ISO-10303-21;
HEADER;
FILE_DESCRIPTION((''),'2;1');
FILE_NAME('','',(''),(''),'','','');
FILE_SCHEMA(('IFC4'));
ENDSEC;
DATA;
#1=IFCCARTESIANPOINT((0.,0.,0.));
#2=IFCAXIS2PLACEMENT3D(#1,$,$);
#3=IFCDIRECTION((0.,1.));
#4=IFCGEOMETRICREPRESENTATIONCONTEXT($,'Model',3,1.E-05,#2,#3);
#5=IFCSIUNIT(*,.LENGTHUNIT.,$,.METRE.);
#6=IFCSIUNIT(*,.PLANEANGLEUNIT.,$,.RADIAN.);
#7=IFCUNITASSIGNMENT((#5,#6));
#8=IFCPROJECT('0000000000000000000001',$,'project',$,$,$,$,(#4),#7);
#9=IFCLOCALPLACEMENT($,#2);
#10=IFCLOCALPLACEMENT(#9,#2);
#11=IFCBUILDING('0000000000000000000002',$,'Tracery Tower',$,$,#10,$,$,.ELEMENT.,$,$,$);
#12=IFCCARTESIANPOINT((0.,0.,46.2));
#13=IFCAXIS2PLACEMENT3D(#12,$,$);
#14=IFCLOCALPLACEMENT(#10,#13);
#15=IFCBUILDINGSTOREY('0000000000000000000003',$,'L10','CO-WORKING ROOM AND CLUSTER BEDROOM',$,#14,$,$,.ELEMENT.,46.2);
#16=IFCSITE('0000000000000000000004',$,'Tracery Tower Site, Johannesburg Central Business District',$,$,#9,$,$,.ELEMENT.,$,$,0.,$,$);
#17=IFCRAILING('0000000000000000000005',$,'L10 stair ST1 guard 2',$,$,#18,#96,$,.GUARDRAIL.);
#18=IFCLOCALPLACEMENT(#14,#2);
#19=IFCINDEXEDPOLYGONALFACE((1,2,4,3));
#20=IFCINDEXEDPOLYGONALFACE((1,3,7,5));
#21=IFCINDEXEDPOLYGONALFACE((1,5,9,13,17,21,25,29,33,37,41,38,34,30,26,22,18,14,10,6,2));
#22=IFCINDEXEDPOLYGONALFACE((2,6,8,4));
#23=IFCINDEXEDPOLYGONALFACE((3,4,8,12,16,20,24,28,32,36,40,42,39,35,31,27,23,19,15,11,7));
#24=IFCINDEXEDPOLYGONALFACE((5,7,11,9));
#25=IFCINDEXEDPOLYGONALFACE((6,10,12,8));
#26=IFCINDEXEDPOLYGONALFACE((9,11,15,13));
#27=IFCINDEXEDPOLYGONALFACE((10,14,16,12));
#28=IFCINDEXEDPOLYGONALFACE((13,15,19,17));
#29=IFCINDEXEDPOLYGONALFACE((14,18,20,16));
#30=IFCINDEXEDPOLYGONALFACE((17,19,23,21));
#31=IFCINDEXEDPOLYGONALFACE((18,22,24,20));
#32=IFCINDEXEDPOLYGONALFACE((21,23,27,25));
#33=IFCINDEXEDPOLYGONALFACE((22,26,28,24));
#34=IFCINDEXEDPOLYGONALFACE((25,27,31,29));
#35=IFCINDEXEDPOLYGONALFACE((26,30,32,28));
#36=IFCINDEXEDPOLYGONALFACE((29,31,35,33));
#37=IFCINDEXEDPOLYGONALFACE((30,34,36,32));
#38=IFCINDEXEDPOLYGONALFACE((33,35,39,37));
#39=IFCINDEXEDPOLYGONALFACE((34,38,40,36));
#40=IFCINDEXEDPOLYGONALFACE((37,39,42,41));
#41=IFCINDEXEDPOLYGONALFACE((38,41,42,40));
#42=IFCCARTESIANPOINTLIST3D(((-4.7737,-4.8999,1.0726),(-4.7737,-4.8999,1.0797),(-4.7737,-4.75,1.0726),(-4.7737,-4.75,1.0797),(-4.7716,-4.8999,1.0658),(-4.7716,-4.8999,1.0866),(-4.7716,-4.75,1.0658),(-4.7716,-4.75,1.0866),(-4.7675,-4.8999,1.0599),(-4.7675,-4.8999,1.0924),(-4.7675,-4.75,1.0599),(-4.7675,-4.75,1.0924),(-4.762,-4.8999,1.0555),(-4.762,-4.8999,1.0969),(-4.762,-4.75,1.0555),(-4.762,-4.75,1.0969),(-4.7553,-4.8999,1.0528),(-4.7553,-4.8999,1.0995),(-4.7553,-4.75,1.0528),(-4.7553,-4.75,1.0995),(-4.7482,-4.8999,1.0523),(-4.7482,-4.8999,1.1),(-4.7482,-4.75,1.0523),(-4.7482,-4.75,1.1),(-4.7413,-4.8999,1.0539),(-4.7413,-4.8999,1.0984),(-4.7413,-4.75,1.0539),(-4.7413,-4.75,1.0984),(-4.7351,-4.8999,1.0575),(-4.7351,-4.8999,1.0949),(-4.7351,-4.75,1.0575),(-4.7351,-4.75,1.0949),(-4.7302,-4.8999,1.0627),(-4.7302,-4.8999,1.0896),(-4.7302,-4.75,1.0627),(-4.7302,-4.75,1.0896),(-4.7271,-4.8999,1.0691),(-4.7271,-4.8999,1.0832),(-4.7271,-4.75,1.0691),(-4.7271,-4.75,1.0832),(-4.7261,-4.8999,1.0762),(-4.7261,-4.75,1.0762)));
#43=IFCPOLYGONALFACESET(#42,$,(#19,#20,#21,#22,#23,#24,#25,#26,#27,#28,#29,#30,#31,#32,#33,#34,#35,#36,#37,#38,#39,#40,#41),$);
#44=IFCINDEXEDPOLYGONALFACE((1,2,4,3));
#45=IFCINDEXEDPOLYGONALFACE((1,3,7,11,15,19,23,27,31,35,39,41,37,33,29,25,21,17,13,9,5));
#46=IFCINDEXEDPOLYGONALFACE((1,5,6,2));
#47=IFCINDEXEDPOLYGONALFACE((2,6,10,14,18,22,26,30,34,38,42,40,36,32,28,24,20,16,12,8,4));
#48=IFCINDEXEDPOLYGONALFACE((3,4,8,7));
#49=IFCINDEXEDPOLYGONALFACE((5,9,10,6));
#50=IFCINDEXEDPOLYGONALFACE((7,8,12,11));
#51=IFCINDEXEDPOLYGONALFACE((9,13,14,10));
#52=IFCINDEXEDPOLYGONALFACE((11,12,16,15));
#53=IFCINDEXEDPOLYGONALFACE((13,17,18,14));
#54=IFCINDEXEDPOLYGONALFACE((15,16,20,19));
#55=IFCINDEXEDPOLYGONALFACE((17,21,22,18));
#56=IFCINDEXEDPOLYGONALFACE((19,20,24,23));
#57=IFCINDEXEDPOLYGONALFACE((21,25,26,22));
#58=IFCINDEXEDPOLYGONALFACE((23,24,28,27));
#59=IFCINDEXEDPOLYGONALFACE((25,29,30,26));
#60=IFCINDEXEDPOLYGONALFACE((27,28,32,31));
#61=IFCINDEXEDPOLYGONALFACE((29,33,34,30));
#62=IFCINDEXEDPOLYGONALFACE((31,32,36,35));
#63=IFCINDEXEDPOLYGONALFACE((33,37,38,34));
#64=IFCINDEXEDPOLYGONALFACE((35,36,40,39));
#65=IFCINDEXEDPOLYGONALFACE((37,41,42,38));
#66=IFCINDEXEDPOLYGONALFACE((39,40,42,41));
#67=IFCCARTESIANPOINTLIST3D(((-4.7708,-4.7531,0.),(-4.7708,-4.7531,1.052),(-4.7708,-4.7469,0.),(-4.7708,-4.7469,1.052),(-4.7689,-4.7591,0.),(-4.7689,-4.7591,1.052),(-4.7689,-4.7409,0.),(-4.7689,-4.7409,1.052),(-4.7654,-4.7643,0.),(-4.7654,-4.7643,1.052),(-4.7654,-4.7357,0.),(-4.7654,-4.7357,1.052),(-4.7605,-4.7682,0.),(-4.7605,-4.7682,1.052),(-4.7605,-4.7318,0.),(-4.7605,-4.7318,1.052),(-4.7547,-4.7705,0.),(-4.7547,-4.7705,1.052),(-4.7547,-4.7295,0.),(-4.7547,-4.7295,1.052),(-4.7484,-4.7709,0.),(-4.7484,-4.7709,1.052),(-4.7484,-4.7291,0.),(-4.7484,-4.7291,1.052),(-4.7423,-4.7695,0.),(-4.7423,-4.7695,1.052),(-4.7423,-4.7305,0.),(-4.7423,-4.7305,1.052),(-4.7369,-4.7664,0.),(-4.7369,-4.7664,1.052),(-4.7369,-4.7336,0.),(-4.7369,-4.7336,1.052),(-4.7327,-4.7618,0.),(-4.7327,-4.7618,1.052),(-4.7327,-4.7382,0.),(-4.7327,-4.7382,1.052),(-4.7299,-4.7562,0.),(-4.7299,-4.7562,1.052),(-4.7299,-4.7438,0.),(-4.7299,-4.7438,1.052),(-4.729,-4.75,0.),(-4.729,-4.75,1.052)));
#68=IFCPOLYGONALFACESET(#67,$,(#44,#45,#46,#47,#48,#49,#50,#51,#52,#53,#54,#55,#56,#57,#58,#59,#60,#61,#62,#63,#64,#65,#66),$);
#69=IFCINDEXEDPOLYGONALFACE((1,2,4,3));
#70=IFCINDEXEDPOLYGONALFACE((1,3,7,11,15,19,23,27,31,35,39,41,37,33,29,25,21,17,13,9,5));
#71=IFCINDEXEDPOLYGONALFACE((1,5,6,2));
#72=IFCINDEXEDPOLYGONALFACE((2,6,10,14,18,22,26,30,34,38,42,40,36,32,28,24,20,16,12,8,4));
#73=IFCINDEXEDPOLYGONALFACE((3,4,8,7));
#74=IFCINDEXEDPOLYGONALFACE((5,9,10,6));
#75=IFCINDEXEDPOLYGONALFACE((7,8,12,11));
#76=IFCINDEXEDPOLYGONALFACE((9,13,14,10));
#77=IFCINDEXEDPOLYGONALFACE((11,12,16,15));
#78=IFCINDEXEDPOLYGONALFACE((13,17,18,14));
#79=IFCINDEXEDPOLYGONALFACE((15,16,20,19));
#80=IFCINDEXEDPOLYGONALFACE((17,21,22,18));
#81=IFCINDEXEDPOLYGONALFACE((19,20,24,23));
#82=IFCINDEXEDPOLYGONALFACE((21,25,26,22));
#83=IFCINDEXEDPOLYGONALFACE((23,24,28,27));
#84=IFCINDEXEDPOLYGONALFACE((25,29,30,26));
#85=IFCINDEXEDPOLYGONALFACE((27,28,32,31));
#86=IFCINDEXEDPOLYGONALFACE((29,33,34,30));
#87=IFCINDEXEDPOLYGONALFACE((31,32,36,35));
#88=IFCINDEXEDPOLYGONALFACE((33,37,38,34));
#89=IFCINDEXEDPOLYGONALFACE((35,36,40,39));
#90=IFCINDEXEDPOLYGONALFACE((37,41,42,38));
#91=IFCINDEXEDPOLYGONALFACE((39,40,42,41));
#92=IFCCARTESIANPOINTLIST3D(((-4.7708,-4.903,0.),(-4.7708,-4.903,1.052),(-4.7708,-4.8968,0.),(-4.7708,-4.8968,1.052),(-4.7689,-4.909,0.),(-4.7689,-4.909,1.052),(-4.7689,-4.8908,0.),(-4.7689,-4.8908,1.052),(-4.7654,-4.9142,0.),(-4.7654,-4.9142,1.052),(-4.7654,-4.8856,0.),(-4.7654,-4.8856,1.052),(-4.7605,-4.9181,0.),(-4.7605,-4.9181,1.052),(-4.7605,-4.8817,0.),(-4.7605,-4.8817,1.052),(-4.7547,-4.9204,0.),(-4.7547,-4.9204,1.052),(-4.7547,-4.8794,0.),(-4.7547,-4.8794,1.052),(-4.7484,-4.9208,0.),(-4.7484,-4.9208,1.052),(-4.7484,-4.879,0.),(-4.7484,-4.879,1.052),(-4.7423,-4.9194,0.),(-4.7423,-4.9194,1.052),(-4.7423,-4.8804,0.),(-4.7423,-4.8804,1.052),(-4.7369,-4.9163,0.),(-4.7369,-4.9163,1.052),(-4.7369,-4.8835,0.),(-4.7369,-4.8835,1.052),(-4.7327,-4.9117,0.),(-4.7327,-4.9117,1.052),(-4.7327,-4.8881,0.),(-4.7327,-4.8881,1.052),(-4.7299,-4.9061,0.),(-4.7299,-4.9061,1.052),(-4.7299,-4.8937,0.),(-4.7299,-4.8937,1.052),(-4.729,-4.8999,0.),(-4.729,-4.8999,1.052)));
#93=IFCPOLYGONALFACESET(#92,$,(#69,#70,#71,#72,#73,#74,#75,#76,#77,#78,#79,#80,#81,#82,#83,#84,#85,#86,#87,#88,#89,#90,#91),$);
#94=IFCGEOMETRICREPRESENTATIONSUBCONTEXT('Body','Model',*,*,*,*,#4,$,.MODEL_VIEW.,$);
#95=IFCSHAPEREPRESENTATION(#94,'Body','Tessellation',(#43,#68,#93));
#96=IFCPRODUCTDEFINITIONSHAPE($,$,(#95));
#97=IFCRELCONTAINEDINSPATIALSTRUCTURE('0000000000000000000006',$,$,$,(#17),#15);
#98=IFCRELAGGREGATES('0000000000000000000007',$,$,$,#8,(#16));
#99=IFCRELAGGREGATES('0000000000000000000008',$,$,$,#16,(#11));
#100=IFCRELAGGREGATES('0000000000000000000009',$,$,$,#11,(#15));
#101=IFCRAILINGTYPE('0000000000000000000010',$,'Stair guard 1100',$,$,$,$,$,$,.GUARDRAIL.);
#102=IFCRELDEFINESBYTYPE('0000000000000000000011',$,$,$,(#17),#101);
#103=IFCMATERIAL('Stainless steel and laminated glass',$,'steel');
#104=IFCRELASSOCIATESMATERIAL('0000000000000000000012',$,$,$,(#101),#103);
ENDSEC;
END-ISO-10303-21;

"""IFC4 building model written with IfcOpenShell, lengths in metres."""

from ifc_helpers import new_model, si_unit, direction, frame, origin, origin_2d, place, context, subcontext, project, spatial, circle, extrude, material, type_object, element, save


model = new_model("IFC4")

# Units and contexts
model_context = context("Model", 3, precision=1e-05, world=origin(), true_north=direction((0.0, 1.0)))
body_context = subcontext(model_context, "Body", "Model", "MODEL_VIEW")
ifc_project = project(units=[si_unit("LENGTHUNIT", "METRE"), si_unit("PLANEANGLEUNIT", "RADIAN")], contexts=[model_context])

# Site, building, storey
site_placement = place(None, origin())
site = spatial("IfcSite", under=ifc_project, at=site_placement, Name="Tracery Tower Site, Johannesburg Central Business District", CompositionType="ELEMENT", RefElevation=0.0)
building_placement = place(site_placement, origin())
building = spatial("IfcBuilding", under=site, at=building_placement, Name="Tracery Tower", CompositionType="ELEMENT")
storey_placement = place(building_placement, frame((0.0, 0.0, 46.2)))
storey = spatial("IfcBuildingStorey", under=building, at=storey_placement, Name="L10", Description="CO-WORKING ROOM AND CLUSTER BEDROOM", CompositionType="ELEMENT", Elevation=46.2)

# Railing
ifc_material_1 = material(Name="Stainless steel and laminated glass", Category="steel")
railing_type_1 = type_object("IfcRailingType", Name="Stair guard 1100", PredefinedType="GUARDRAIL", material=ifc_material_1)
railing_1_placement = place(storey_placement, frame((-4.75, -4.75, 0.0)))
element("IfcRailing", 1, at=railing_1_placement, inside=storey, type_object=railing_type_1, Name="L10 stair ST1 guard 2", PredefinedType="GUARDRAIL", context=body_context, shape_type="SweptSolid", body=[
    extrude(circle(Radius=0.0239, at=origin_2d()), frame((0.0, 0.0, 1.0762), z_axis=(0.0, -1.0, 0.0), x_axis=(1.0, 0.0, 0.0)), (0.0, 0.0, 1.0), 0.1499),
    extrude(circle(Radius=0.021, at=origin_2d()), origin(), (0.0, 0.0, 1.0), 1.052),
    extrude(circle(Radius=0.021, at=origin_2d()), frame((0.0, -0.1499, 0.0)), (0.0, 0.0, 1.0), 1.052),
])

save(model, "model.ifc")
